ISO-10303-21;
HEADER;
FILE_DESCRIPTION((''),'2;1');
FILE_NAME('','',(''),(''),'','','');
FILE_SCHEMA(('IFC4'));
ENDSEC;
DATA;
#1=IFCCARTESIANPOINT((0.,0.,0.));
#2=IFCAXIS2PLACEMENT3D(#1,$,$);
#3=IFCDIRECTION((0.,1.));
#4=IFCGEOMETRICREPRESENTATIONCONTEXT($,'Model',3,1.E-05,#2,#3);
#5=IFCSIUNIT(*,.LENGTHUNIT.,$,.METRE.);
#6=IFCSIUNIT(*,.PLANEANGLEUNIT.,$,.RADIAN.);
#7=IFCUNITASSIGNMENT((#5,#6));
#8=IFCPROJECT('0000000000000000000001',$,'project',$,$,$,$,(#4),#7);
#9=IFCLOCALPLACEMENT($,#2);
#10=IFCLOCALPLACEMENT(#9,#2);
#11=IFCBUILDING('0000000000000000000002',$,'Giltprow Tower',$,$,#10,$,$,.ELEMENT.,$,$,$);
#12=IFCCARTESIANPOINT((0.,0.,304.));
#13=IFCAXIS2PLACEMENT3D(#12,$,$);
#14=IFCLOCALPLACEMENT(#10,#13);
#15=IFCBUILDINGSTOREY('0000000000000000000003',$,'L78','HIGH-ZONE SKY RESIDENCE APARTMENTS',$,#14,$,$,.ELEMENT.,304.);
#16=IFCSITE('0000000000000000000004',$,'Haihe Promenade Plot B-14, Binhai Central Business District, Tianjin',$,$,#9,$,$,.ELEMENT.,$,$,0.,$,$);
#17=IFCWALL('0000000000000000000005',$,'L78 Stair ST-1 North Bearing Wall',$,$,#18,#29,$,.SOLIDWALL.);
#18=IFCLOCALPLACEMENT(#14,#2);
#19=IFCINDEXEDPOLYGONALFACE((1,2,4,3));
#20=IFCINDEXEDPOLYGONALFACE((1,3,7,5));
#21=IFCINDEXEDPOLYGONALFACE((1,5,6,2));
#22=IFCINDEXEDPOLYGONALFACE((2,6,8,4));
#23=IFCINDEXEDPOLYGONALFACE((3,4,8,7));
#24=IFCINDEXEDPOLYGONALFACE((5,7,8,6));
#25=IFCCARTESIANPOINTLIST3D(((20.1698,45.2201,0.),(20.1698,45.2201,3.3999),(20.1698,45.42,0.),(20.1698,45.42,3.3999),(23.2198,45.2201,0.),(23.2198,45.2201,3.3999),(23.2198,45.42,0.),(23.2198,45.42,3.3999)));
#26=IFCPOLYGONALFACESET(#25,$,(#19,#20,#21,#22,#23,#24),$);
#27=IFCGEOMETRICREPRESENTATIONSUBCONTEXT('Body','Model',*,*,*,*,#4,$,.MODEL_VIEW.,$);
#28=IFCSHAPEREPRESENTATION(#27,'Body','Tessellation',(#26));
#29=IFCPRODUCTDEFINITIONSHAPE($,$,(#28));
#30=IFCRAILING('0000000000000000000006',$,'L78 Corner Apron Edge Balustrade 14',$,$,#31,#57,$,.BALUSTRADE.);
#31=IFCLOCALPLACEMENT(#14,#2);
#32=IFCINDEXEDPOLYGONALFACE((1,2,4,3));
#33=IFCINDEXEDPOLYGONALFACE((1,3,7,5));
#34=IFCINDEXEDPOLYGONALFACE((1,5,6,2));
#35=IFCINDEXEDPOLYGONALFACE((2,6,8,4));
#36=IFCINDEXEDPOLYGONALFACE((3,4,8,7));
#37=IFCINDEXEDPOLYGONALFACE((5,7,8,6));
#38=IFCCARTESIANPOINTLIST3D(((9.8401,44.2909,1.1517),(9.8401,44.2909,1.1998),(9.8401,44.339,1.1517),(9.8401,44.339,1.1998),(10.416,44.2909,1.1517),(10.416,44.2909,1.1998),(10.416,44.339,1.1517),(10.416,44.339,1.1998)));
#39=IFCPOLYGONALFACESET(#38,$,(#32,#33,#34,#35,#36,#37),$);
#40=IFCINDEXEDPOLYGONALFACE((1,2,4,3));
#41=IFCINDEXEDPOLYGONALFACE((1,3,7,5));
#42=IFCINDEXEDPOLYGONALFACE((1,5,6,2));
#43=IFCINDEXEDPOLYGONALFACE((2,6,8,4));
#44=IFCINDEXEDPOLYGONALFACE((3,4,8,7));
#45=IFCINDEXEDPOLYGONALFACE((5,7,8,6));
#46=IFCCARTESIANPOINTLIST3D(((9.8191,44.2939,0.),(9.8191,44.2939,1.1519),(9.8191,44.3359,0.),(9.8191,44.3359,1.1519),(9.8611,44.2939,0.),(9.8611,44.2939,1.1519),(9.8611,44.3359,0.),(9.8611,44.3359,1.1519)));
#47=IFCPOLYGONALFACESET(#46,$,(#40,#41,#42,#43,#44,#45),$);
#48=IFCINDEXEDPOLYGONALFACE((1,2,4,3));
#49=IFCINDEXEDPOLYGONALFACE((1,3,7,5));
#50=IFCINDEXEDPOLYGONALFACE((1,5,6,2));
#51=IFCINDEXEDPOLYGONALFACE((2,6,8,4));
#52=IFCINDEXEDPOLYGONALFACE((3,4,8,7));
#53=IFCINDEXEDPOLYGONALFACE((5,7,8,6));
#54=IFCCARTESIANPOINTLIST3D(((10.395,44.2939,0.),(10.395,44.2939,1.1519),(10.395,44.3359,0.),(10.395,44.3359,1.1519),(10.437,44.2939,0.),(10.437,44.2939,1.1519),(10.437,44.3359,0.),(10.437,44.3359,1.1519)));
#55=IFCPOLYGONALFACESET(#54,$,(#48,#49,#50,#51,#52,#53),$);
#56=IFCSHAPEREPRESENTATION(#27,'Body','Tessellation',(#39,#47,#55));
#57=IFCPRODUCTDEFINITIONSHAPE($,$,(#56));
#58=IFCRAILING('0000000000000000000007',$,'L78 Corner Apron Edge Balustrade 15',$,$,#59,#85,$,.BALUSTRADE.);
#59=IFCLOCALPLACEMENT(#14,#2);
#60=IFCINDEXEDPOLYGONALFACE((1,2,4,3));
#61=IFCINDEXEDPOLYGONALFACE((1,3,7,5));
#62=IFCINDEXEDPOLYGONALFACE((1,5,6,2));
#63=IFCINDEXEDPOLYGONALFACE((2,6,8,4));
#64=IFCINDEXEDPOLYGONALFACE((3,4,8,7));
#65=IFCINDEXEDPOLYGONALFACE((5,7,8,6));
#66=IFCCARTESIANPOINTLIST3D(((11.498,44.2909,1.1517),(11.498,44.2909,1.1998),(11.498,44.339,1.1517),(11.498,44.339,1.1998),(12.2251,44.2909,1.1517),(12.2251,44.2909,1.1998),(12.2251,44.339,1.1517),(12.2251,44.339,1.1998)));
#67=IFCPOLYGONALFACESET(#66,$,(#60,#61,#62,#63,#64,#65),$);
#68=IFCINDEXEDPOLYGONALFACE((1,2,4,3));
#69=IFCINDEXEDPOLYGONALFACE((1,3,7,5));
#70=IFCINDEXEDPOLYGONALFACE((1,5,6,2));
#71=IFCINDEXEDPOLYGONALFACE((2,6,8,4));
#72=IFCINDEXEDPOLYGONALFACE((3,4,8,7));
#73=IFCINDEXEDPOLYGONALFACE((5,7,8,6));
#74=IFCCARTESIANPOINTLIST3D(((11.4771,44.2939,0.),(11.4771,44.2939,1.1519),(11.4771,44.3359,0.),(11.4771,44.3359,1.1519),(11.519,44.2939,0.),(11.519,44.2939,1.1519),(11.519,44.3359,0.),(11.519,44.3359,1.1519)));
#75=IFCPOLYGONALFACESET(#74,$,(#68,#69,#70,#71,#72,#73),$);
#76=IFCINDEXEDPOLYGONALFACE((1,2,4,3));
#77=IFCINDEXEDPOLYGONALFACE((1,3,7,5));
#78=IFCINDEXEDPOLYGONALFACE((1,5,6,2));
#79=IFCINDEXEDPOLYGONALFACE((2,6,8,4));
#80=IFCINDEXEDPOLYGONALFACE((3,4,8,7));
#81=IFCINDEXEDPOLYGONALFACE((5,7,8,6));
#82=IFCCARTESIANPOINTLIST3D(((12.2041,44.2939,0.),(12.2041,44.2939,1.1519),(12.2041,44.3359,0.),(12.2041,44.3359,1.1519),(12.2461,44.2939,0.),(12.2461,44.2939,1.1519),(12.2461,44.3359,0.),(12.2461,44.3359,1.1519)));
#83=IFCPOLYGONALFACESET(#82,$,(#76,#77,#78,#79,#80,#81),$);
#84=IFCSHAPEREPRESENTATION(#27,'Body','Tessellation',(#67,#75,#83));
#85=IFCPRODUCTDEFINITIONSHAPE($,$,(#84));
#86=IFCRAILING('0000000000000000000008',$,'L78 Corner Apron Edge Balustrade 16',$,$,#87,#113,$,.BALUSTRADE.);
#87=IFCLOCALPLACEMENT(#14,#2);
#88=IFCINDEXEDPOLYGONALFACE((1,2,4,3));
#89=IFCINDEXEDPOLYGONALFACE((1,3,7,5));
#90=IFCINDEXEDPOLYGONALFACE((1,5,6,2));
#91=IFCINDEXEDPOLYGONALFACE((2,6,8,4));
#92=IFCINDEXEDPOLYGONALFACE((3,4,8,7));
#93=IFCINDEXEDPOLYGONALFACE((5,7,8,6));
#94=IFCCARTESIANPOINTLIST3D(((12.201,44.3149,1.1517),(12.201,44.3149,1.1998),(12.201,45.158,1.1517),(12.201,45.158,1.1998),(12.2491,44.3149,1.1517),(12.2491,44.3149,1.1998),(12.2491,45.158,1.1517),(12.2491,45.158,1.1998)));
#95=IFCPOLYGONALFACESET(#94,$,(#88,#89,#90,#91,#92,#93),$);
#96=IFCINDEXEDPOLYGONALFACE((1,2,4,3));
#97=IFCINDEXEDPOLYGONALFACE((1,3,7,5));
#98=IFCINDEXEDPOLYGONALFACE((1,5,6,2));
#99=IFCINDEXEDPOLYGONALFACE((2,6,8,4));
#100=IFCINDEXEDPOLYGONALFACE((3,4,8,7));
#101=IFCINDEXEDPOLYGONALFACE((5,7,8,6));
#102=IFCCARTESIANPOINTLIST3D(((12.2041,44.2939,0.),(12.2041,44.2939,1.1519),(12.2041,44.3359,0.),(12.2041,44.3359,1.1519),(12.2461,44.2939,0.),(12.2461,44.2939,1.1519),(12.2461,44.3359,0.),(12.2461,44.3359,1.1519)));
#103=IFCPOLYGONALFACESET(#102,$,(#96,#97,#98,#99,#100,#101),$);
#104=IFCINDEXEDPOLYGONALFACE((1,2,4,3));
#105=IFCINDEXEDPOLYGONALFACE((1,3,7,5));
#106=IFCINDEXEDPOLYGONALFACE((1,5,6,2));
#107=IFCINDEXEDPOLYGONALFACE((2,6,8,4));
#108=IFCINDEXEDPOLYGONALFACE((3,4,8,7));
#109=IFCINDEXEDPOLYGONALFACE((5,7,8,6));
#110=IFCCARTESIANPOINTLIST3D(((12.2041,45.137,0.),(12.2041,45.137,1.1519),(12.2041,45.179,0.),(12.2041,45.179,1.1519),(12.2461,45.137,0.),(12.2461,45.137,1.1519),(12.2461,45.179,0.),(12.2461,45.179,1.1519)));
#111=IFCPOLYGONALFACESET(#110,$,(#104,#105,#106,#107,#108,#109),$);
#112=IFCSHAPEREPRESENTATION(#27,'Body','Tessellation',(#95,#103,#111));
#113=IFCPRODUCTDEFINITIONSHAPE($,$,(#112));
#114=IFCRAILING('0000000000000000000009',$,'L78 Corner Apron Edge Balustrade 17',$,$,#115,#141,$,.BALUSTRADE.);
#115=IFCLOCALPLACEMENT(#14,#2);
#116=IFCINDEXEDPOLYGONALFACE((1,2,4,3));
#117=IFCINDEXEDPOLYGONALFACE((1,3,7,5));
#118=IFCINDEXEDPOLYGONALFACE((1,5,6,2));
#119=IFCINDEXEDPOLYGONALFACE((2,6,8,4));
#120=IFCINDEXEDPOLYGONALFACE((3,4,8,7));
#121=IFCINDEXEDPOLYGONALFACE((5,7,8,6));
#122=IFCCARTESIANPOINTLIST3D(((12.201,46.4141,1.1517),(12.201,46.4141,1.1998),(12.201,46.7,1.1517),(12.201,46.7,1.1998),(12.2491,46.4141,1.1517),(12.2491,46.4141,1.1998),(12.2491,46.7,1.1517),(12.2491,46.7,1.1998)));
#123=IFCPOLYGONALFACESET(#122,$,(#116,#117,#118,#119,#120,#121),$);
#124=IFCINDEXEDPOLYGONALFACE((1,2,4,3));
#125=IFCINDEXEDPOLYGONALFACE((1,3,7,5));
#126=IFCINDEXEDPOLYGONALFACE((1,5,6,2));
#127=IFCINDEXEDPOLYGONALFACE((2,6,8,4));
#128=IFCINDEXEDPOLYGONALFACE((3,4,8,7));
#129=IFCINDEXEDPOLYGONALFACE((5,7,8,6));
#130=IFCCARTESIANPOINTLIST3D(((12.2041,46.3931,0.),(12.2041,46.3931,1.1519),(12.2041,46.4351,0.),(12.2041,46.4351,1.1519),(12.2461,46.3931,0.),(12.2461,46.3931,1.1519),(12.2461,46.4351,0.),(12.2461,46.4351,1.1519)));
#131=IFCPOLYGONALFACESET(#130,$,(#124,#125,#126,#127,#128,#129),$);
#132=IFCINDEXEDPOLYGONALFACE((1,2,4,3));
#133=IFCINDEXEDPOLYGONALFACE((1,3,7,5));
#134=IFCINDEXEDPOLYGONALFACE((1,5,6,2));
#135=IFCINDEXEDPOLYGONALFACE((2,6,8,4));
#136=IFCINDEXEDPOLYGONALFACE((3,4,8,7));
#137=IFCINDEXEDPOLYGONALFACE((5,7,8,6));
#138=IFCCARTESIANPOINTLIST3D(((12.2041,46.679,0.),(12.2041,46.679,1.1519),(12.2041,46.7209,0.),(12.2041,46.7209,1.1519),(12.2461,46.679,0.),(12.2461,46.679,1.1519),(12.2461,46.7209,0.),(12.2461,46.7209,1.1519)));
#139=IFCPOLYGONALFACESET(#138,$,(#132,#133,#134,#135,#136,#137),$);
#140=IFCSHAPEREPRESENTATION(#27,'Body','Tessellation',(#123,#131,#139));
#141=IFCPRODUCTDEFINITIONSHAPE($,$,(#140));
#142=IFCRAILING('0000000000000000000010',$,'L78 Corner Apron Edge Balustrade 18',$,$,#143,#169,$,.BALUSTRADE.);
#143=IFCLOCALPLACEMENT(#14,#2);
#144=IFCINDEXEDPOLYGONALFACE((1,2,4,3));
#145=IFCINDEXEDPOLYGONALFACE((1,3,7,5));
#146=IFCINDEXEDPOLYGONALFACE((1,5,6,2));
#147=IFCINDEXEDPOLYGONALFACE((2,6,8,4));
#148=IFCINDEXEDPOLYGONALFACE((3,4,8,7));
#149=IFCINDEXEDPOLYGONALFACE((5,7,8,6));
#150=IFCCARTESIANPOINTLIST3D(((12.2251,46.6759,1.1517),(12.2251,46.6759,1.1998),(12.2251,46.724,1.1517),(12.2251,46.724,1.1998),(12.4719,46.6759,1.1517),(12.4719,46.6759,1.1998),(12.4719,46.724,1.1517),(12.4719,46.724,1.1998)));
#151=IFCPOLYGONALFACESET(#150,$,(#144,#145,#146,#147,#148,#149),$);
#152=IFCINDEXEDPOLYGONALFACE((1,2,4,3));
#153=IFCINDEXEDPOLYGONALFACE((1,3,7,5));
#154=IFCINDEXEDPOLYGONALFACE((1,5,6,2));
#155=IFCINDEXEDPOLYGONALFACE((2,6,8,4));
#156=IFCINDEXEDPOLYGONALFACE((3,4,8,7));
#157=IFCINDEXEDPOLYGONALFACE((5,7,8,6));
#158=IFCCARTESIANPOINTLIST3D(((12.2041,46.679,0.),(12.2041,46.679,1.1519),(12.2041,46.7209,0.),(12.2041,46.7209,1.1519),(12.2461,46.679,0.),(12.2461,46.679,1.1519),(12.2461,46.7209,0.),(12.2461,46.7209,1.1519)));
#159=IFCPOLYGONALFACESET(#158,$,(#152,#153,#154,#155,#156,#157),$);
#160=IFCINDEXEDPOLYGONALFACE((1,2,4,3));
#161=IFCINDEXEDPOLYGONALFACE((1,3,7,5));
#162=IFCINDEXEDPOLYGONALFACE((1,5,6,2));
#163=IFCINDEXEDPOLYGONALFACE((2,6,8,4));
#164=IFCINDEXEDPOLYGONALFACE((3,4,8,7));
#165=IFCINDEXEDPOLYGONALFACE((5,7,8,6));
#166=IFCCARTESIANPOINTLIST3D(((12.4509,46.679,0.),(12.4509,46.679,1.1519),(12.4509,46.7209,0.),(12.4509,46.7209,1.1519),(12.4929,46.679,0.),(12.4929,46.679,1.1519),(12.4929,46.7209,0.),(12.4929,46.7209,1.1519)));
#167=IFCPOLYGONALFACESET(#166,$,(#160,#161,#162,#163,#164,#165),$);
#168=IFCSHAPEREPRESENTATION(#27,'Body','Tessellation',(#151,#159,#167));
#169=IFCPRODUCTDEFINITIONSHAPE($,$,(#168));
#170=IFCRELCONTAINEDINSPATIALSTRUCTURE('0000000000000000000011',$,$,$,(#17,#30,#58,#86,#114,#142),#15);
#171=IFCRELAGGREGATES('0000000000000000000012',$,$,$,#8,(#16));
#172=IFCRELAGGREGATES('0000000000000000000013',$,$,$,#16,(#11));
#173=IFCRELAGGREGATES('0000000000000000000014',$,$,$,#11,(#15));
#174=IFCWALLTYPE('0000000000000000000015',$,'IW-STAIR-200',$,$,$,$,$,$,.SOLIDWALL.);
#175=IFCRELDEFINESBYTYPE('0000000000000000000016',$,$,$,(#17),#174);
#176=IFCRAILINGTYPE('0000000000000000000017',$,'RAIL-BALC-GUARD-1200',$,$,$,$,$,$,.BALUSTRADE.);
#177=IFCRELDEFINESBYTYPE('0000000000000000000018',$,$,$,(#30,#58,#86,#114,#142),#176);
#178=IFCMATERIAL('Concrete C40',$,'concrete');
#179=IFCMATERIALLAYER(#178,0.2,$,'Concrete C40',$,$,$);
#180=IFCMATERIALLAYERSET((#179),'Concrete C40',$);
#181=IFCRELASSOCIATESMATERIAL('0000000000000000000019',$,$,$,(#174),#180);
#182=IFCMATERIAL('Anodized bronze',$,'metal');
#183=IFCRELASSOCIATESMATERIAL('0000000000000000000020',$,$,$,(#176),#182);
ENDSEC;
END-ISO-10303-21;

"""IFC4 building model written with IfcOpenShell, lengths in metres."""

from ifc_helpers import new_model, si_unit, direction, frame, frame_2d, origin, origin_2d, place, context, subcontext, project, spatial, rectangle, extrude, material, layer, layer_set, type_object, element, save


model = new_model("IFC4")

# Units and contexts
model_context = context("Model", 3, precision=1e-05, world=origin(), true_north=direction((0.0, 1.0)))
body_context = subcontext(model_context, "Body", "Model", "MODEL_VIEW")
ifc_project = project(units=[si_unit("LENGTHUNIT", "METRE"), si_unit("PLANEANGLEUNIT", "RADIAN")], contexts=[model_context])

# Site, building, storey
site_placement = place(None, origin())
site = spatial("IfcSite", under=ifc_project, at=site_placement, Name="Haihe Promenade Plot B-14, Binhai Central Business District, Tianjin", CompositionType="ELEMENT", RefElevation=0.0)
building_placement = place(site_placement, origin())
building = spatial("IfcBuilding", under=site, at=building_placement, Name="Giltprow Tower", CompositionType="ELEMENT")
storey_placement = place(building_placement, frame((0.0, 0.0, 304.0)))
storey = spatial("IfcBuildingStorey", under=building, at=storey_placement, Name="L78", Description="HIGH-ZONE SKY RESIDENCE APARTMENTS", CompositionType="ELEMENT", Elevation=304.0)

# Wall
ifc_material_1 = material(Name="Concrete C40", Category="concrete")
ifc_layer_1 = layer(ifc_material_1, 0.2, Name="Concrete C40")
ifc_layer_set_1 = layer_set([ifc_layer_1], Name="Concrete C40")
wall_type_1 = type_object("IfcWallType", Name="IW-STAIR-200", PredefinedType="SOLIDWALL", material=ifc_layer_set_1)
wall_1_placement = place(storey_placement, frame((20.1699, 45.3201, 0.0), z_axis=(0.0, 0.0, 1.0), x_axis=(1.0, 0.0, 0.0)))
element("IfcWall", 1, at=wall_1_placement, inside=storey, type_object=wall_type_1, Name="L78 Stair ST-1 North Bearing Wall", PredefinedType="SOLIDWALL", context=body_context, shape_type="SweptSolid", body=[
    extrude(rectangle(XDim=3.05, YDim=0.2, at=frame_2d((1.5249, 0.0))), origin(), (0.0, 0.0, 1.0), 3.3999),
])

# Railings
ifc_material_2 = material(Name="Anodized bronze", Category="metal")
railing_type = type_object("IfcRailingType", Name="RAIL-BALC-GUARD-1200", PredefinedType="BALUSTRADE", material=ifc_material_2)
railing_1_placement = place(storey_placement, frame((9.8401, 44.3149, 0.0)))
element("IfcRailing", 2, at=railing_1_placement, inside=storey, type_object=railing_type, Name="L78 Corner Apron Edge Balustrade 14", PredefinedType="BALUSTRADE", context=body_context, shape_type="SweptSolid", body=[
    extrude(rectangle(XDim=0.0481, YDim=0.0481, at=origin_2d()), frame((0.0, 0.0, 1.1758), z_axis=(1.0, 0.0, 0.0), x_axis=(0.0, 1.0, 0.0)), (0.0, 0.0, 1.0), 0.5759),
    extrude(rectangle(XDim=0.042, YDim=0.042, at=origin_2d()), origin(), (0.0, 0.0, 1.0), 1.1519),
    extrude(rectangle(XDim=0.042, YDim=0.042, at=origin_2d()), frame((0.5759, 0.0, 0.0)), (0.0, 0.0, 1.0), 1.1519),
])
railing_2_placement = place(storey_placement, frame((11.498, 44.3149, 0.0)))
element("IfcRailing", 3, at=railing_2_placement, inside=storey, type_object=railing_type, Name="L78 Corner Apron Edge Balustrade 15", PredefinedType="BALUSTRADE", context=body_context, shape_type="SweptSolid", body=[
    extrude(rectangle(XDim=0.0481, YDim=0.0481, at=origin_2d()), frame((0.0, 0.0, 1.1758), z_axis=(1.0, 0.0, 0.0), x_axis=(0.0, 1.0, 0.0)), (0.0, 0.0, 1.0), 0.7271),
    extrude(rectangle(XDim=0.042, YDim=0.042, at=origin_2d()), origin(), (0.0, 0.0, 1.0), 1.1519),
    extrude(rectangle(XDim=0.042, YDim=0.042, at=origin_2d()), frame((0.7271, 0.0, 0.0)), (0.0, 0.0, 1.0), 1.1519),
])
railing_3_placement = place(storey_placement, frame((12.2251, 44.3149, 0.0)))
element("IfcRailing", 4, at=railing_3_placement, inside=storey, type_object=railing_type, Name="L78 Corner Apron Edge Balustrade 16", PredefinedType="BALUSTRADE", context=body_context, shape_type="SweptSolid", body=[
    extrude(rectangle(XDim=0.0481, YDim=0.0481, at=origin_2d()), frame((0.0, 0.0, 1.1758), z_axis=(0.0, 1.0, 0.0), x_axis=(-1.0, 0.0, 0.0)), (0.0, 0.0, 1.0), 0.843),
    extrude(rectangle(XDim=0.042, YDim=0.042, at=origin_2d()), origin(), (0.0, 0.0, 1.0), 1.1519),
    extrude(rectangle(XDim=0.042, YDim=0.042, at=origin_2d()), frame((0.0, 0.843, 0.0)), (0.0, 0.0, 1.0), 1.1519),
])
railing_4_placement = place(storey_placement, frame((12.2251, 46.4141, 0.0)))
element("IfcRailing", 5, at=railing_4_placement, inside=storey, type_object=railing_type, Name="L78 Corner Apron Edge Balustrade 17", PredefinedType="BALUSTRADE", context=body_context, shape_type="SweptSolid", body=[
    extrude(rectangle(XDim=0.0481, YDim=0.0481, at=origin_2d()), frame((0.0, 0.0, 1.1758), z_axis=(0.0, 1.0, 0.0), x_axis=(-1.0, 0.0, 0.0)), (0.0, 0.0, 1.0), 0.2859),
    extrude(rectangle(XDim=0.042, YDim=0.042, at=origin_2d()), origin(), (0.0, 0.0, 1.0), 1.1519),
    extrude(rectangle(XDim=0.042, YDim=0.042, at=origin_2d()), frame((0.0, 0.2859, 0.0)), (0.0, 0.0, 1.0), 1.1519),
])
railing_5_placement = place(storey_placement, frame((12.2251, 46.7, 0.0)))
element("IfcRailing", 6, at=railing_5_placement, inside=storey, type_object=railing_type, Name="L78 Corner Apron Edge Balustrade 18", PredefinedType="BALUSTRADE", context=body_context, shape_type="SweptSolid", body=[
    extrude(rectangle(XDim=0.0481, YDim=0.0481, at=origin_2d()), frame((0.0, 0.0, 1.1758), z_axis=(1.0, 0.0, 0.0), x_axis=(0.0, 1.0, 0.0)), (0.0, 0.0, 1.0), 0.2468),
    extrude(rectangle(XDim=0.042, YDim=0.042, at=origin_2d()), origin(), (0.0, 0.0, 1.0), 1.1519),
    extrude(rectangle(XDim=0.042, YDim=0.042, at=origin_2d()), frame((0.2468, 0.0, 0.0)), (0.0, 0.0, 1.0), 1.1519),
])

save(model, "model.ifc")
